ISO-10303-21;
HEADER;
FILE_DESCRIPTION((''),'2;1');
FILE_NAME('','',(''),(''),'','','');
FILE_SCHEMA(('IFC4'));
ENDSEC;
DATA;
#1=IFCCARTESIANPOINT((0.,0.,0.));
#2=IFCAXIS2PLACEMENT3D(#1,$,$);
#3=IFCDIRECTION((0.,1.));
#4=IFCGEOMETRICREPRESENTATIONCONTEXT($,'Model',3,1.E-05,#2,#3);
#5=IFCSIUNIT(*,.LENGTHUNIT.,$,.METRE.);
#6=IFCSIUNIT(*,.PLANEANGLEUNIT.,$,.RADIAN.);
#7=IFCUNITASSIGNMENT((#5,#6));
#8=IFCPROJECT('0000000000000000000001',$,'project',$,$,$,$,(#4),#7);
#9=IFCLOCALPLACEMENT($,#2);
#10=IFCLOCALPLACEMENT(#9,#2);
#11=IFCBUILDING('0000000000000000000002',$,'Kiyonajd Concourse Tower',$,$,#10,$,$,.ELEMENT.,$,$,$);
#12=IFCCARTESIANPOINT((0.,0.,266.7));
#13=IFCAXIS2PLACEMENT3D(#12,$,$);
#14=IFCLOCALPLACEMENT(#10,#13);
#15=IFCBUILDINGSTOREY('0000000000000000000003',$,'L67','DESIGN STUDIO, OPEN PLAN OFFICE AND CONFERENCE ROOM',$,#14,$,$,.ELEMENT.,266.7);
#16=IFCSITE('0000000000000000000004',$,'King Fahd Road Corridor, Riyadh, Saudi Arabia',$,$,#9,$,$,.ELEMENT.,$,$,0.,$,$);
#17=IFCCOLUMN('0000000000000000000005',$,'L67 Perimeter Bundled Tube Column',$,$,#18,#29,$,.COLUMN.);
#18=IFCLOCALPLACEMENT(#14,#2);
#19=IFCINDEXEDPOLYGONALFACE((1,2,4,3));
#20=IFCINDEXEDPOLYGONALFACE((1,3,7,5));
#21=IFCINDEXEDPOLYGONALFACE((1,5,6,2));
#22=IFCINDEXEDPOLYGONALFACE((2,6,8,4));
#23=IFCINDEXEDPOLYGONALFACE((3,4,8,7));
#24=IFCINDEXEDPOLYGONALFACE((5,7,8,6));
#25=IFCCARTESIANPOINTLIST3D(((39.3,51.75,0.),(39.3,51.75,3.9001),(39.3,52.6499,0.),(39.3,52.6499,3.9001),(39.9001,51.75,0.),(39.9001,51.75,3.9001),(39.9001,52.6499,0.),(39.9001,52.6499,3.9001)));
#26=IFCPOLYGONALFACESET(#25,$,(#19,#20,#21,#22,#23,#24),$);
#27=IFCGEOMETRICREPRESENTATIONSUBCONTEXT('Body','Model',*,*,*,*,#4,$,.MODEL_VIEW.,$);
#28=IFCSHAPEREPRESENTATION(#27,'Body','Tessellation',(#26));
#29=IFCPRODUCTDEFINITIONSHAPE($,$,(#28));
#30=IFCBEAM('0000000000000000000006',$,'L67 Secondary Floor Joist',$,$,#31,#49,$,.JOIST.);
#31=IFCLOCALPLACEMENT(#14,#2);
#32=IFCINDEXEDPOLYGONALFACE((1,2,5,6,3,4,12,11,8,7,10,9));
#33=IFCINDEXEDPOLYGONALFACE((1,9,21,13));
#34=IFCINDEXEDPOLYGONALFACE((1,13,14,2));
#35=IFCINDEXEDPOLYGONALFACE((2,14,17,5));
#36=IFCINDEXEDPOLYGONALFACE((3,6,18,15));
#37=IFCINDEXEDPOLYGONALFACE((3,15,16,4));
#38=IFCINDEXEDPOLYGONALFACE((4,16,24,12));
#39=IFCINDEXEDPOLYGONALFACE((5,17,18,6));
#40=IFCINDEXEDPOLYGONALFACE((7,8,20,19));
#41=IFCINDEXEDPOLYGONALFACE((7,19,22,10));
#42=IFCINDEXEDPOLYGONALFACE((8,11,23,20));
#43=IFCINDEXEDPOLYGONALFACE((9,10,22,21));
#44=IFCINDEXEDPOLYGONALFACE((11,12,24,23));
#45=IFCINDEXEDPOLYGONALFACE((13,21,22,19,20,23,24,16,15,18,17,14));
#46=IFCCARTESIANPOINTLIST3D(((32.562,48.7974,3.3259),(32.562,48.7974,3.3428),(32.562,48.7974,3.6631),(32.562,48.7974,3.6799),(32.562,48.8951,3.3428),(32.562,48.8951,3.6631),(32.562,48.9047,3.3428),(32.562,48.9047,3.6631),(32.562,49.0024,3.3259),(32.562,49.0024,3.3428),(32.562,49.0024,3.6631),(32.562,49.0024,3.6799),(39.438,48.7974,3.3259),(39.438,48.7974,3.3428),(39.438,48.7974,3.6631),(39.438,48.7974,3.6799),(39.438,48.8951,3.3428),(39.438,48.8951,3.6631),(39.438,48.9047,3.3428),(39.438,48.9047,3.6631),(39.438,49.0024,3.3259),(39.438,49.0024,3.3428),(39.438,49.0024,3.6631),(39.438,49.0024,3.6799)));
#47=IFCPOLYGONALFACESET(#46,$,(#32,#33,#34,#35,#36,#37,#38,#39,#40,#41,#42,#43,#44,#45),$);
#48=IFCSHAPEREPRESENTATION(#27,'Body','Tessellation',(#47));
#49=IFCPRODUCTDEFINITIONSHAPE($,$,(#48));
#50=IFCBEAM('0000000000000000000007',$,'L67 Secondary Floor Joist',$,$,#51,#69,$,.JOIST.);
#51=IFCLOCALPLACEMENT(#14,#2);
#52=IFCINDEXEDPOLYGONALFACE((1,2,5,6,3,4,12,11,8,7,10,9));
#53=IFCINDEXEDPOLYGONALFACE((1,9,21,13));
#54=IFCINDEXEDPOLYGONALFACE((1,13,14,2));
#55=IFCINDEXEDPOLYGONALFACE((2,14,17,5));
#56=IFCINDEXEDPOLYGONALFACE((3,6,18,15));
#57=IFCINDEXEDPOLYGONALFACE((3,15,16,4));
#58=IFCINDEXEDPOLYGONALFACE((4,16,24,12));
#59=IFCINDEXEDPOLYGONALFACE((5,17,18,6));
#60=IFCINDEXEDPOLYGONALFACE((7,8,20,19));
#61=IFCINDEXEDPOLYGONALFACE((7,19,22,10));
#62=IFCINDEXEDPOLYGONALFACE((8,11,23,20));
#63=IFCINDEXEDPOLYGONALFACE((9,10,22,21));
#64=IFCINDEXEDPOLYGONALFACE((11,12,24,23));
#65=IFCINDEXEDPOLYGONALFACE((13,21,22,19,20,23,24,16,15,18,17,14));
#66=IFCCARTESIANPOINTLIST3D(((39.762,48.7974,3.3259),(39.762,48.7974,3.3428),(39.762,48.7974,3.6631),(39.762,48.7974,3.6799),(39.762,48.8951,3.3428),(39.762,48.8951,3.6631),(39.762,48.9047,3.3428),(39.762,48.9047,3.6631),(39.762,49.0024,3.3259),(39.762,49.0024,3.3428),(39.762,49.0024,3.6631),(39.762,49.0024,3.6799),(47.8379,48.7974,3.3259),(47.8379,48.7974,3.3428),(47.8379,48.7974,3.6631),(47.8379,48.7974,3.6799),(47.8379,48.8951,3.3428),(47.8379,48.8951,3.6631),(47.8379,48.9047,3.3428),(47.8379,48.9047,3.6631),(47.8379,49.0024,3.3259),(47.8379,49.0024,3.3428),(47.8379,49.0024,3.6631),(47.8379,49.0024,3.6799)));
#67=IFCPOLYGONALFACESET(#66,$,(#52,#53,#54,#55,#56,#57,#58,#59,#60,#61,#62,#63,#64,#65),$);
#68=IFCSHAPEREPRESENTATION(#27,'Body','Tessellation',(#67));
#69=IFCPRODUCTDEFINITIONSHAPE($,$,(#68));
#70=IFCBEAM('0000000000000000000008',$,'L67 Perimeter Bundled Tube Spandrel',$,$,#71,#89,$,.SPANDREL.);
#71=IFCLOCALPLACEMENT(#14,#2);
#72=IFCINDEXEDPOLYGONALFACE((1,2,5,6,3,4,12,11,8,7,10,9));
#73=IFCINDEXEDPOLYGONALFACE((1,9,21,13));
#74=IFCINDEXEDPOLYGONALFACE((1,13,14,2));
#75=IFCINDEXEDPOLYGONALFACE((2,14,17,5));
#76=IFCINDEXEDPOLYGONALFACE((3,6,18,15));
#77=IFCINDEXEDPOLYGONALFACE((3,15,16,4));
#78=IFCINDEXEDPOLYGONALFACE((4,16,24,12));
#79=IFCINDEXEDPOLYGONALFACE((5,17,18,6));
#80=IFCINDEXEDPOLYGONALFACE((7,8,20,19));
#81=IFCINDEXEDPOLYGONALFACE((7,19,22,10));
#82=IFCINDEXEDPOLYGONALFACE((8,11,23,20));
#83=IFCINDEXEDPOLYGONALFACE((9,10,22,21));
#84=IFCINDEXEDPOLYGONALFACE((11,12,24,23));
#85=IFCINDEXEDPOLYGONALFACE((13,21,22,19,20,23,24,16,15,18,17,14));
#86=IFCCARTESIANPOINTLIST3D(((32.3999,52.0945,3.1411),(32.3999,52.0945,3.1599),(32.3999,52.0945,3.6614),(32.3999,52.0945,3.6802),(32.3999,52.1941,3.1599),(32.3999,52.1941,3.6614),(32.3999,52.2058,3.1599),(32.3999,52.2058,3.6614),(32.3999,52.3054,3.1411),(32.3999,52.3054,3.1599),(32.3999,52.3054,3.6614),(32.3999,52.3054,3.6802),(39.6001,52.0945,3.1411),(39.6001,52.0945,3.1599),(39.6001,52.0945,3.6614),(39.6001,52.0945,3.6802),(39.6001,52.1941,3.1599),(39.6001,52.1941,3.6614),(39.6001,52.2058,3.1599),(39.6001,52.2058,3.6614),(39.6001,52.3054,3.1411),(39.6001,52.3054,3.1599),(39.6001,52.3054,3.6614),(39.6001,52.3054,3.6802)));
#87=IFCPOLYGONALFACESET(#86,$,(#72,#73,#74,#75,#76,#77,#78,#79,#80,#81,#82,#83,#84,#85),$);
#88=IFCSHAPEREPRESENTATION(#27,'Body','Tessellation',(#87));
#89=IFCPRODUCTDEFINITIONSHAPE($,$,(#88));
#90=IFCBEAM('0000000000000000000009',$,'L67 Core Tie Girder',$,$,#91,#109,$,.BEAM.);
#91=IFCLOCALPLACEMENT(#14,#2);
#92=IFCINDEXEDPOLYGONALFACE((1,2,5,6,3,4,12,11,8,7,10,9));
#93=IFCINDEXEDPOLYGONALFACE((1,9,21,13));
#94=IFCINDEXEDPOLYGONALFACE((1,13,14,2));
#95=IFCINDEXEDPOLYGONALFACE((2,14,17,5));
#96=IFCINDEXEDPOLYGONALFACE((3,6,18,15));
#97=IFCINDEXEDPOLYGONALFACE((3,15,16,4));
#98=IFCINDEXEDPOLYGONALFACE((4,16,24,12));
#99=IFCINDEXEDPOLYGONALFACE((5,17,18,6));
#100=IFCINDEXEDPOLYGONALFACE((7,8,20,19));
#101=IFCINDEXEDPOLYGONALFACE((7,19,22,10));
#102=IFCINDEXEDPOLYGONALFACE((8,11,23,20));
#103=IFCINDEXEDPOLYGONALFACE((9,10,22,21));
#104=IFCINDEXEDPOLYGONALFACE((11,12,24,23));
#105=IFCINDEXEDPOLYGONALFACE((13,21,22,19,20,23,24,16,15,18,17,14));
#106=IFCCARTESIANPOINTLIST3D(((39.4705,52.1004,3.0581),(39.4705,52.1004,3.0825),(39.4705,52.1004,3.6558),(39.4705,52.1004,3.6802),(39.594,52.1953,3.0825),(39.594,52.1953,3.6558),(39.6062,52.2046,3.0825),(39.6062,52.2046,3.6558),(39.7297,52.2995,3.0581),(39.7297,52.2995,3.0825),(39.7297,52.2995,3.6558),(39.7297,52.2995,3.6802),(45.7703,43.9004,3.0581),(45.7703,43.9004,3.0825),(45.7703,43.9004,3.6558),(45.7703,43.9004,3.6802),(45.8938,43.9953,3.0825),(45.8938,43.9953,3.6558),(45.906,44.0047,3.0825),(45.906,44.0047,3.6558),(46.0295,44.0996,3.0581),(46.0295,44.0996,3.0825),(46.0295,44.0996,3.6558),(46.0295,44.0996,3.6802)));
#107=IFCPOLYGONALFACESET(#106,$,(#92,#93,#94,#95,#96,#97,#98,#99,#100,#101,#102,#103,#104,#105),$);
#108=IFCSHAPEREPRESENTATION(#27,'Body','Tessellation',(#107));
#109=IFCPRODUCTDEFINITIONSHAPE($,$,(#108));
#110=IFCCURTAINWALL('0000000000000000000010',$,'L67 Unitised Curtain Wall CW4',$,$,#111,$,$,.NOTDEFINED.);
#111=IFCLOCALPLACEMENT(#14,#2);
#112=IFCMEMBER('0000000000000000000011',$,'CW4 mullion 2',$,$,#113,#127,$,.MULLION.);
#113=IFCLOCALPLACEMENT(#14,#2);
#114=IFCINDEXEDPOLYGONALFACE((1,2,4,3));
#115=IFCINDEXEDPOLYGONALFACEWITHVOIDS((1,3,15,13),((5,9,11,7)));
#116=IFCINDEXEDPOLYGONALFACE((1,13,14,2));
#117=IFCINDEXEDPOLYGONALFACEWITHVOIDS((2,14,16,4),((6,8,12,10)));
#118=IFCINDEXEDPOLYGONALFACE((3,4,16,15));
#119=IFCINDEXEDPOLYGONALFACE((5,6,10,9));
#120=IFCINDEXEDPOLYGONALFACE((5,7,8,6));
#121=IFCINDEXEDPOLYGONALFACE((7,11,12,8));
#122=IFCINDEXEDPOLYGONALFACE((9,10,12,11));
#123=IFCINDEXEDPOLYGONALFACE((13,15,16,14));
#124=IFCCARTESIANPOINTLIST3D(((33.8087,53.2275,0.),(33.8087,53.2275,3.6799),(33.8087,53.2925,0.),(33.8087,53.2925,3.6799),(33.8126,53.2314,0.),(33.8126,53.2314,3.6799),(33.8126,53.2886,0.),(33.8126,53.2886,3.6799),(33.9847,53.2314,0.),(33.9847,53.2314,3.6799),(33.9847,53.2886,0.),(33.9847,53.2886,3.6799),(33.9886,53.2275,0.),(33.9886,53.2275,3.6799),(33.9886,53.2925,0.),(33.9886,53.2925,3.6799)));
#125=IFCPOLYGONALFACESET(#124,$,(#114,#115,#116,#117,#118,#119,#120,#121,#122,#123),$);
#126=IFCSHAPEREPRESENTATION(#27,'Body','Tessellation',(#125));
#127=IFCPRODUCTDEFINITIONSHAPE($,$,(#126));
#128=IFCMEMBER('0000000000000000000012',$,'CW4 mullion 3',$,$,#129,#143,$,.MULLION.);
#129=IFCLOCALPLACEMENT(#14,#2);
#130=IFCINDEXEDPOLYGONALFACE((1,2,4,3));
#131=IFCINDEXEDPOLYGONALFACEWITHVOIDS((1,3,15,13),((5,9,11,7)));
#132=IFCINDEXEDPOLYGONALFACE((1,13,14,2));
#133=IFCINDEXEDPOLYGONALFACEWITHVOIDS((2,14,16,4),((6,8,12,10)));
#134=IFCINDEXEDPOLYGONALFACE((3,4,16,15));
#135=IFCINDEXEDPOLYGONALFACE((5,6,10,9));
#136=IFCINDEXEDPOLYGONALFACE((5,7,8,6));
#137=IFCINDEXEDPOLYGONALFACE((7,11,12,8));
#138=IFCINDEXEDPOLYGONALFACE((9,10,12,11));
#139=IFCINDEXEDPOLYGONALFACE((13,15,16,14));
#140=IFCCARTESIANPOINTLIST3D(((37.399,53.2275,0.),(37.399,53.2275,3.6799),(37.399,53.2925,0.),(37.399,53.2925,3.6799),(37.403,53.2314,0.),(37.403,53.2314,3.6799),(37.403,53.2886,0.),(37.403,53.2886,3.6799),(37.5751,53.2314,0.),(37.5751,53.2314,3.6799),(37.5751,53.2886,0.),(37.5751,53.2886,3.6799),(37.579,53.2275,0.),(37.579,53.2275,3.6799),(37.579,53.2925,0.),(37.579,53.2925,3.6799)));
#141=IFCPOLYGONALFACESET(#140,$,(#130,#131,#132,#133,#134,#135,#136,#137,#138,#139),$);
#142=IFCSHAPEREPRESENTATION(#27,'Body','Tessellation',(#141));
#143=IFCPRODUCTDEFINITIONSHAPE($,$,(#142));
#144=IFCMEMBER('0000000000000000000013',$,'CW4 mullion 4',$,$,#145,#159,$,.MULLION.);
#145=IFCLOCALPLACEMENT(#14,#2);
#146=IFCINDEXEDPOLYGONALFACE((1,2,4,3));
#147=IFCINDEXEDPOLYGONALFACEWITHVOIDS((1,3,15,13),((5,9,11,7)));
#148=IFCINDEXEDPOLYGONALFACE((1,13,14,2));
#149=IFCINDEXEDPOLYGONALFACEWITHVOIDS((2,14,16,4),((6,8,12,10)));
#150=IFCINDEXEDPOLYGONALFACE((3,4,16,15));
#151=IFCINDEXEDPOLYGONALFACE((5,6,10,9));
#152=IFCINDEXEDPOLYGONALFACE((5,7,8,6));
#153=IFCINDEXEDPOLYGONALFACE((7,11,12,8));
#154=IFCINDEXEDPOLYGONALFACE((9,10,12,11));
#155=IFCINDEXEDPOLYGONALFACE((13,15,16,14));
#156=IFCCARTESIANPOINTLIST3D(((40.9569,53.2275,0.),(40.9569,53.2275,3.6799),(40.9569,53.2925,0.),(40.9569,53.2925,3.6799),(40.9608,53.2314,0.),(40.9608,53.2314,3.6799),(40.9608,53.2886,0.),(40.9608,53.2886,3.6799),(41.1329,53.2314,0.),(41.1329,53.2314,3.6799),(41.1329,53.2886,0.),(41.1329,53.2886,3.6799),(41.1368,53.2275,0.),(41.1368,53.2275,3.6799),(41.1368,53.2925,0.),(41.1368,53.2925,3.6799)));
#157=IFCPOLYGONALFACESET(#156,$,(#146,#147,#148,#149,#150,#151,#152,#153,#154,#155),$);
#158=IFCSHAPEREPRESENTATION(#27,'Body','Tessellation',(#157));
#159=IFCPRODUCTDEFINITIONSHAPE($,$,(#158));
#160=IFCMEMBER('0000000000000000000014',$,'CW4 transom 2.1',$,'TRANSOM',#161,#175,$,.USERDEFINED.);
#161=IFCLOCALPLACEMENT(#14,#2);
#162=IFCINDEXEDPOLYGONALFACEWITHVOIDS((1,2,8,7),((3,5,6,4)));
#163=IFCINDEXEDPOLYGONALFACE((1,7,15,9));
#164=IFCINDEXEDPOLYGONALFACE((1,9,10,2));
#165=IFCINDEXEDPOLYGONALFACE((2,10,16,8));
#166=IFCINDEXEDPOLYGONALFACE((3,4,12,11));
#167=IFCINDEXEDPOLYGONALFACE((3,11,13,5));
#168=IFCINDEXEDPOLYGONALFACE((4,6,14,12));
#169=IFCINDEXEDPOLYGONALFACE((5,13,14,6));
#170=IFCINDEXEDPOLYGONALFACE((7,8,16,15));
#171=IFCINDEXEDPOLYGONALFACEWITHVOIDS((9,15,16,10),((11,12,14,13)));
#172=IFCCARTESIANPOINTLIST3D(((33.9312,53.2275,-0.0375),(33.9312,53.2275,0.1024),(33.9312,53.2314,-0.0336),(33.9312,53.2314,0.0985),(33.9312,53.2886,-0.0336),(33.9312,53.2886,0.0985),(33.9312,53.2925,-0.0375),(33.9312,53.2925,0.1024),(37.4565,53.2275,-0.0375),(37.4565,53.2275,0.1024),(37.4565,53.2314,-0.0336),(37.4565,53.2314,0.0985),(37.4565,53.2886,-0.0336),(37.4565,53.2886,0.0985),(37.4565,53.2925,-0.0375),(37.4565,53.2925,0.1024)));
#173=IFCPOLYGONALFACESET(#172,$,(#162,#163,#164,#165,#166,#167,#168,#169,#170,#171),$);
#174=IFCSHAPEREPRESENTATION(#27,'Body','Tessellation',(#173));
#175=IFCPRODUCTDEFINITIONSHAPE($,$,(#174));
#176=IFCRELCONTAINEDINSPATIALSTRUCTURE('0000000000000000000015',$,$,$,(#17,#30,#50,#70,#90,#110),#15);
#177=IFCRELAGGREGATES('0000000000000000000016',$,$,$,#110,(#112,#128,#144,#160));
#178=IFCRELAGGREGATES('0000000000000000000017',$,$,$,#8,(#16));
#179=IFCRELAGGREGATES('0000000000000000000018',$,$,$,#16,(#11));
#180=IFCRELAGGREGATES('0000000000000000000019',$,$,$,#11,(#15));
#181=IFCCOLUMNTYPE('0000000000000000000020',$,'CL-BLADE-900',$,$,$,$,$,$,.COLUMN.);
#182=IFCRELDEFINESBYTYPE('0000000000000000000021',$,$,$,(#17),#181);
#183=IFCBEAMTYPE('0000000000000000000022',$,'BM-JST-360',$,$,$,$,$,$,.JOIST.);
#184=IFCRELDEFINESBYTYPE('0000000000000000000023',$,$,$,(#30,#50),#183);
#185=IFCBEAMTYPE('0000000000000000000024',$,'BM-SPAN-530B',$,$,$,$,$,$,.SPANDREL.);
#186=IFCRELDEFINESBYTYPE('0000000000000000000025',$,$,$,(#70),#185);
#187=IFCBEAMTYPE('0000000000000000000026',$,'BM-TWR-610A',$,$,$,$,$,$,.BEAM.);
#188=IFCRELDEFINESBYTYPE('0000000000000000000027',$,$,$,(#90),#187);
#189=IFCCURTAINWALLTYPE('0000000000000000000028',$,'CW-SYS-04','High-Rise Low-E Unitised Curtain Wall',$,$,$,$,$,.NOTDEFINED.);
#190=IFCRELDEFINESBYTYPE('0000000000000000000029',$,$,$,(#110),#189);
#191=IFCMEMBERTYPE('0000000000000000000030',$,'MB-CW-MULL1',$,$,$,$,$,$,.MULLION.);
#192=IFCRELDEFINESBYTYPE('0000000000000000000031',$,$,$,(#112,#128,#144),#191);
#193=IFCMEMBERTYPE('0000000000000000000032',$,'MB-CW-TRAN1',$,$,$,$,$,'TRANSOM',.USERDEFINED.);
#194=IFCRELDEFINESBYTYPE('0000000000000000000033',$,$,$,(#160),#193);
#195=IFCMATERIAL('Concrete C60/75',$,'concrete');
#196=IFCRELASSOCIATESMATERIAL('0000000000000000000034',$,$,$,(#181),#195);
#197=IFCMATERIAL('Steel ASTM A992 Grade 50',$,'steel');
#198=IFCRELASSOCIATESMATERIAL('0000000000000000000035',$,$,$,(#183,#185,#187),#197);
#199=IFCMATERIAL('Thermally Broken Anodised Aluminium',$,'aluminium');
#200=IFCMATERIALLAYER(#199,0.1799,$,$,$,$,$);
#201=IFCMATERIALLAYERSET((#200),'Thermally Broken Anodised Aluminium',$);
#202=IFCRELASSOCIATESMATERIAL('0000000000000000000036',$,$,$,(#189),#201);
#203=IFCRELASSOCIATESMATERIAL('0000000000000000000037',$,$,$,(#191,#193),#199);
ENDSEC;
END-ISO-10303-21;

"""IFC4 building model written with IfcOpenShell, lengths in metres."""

from ifc_helpers import new_model, si_unit, direction, frame, origin, origin_2d, place, context, subcontext, project, spatial, rectangle, hollow_rectangle, i_section, extrude, material, layer, layer_set, material_profile, profile_set, type_object, element, aggregate, save


model = new_model("IFC4")

# Units and contexts
model_context = context("Model", 3, precision=1e-05, world=origin(), true_north=direction((0.0, 1.0)))
body_context = subcontext(model_context, "Body", "Model", "MODEL_VIEW")
ifc_project = project(units=[si_unit("LENGTHUNIT", "METRE"), si_unit("PLANEANGLEUNIT", "RADIAN")], contexts=[model_context])

# Site, building, storey
site_placement = place(None, origin())
site = spatial("IfcSite", under=ifc_project, at=site_placement, Name="King Fahd Road Corridor, Riyadh, Saudi Arabia", CompositionType="ELEMENT", RefElevation=0.0)
building_placement = place(site_placement, origin())
building = spatial("IfcBuilding", under=site, at=building_placement, Name="Kiyonajd Concourse Tower", CompositionType="ELEMENT")
storey_placement = place(building_placement, frame((0.0, 0.0, 266.7)))
storey = spatial("IfcBuildingStorey", under=building, at=storey_placement, Name="L67", Description="DESIGN STUDIO, OPEN PLAN OFFICE AND CONFERENCE ROOM", CompositionType="ELEMENT", Elevation=266.7)

# Column
ifc_material_1 = material(Name="Concrete C60/75", Category="concrete")
ifc_material_profile_1 = material_profile(ifc_material_1, rectangle(XDim=0.6001, YDim=0.8999, at=origin_2d()), Name="RC-900x600")
ifc_profile_set_1 = profile_set([ifc_material_profile_1], Name="Concrete C60/75")
column_type = type_object("IfcColumnType", Name="CL-BLADE-900", PredefinedType="COLUMN", material=ifc_profile_set_1)
column_placement = place(storey_placement, frame((39.6001, 52.2, 0.0), z_axis=(0.0, 0.0, 1.0), x_axis=(1.0, 0.0, 0.0)))
element("IfcColumn", 1, at=column_placement, inside=storey, type_object=column_type, Name="L67 Perimeter Bundled Tube Column", PredefinedType="COLUMN", context=body_context, shape_type="SweptSolid", body=[
    extrude(rectangle(XDim=0.6001, YDim=0.8999, at=origin_2d()), origin(), (0.0, 0.0, 1.0), 3.9001),
])

# Beams
ifc_material_2 = material(Name="Steel ASTM A992 Grade 50", Category="steel")
ifc_material_profile_2 = material_profile(ifc_material_2, i_section(OverallWidth=0.2051, OverallDepth=0.354, WebThickness=0.0095, FlangeThickness=0.0168, at=origin_2d()), Name="W360X79")
ifc_profile_set_2 = profile_set([ifc_material_profile_2], Name="Steel ASTM A992 Grade 50")
beam_type_1 = type_object("IfcBeamType", Name="BM-JST-360", PredefinedType="JOIST", material=ifc_profile_set_2)
beam_1_placement = place(storey_placement, frame((32.562, 48.8999, 3.5029), z_axis=(1.0, 0.0, 0.0), x_axis=(0.0, 1.0, 0.0)))
element("IfcBeam", 2, at=beam_1_placement, inside=storey, type_object=beam_type_1, Name="L67 Secondary Floor Joist", PredefinedType="JOIST", context=body_context, shape_type="SweptSolid", body=[
    extrude(i_section(OverallWidth=0.2051, OverallDepth=0.354, WebThickness=0.0095, FlangeThickness=0.0168, at=origin_2d()), origin(), (0.0, 0.0, 1.0), 6.876),
])
beam_2_placement = place(storey_placement, frame((39.762, 48.8999, 3.5029), z_axis=(1.0, 0.0, 0.0), x_axis=(0.0, 1.0, 0.0)))
element("IfcBeam", 3, at=beam_2_placement, inside=storey, type_object=beam_type_1, Name="L67 Secondary Floor Joist", PredefinedType="JOIST", context=body_context, shape_type="SweptSolid", body=[
    extrude(i_section(OverallWidth=0.2051, OverallDepth=0.354, WebThickness=0.0095, FlangeThickness=0.0168, at=origin_2d()), origin(), (0.0, 0.0, 1.0), 8.0759),
])
ifc_material_profile_3 = material_profile(ifc_material_2, i_section(OverallWidth=0.2109, OverallDepth=0.5391, WebThickness=0.0117, FlangeThickness=0.0188, at=origin_2d()), Name="W530X109")
ifc_profile_set_3 = profile_set([ifc_material_profile_3], Name="Steel ASTM A992 Grade 50")
beam_type_2 = type_object("IfcBeamType", Name="BM-SPAN-530B", PredefinedType="SPANDREL", material=ifc_profile_set_3)
beam_3_placement = place(storey_placement, frame((39.6001, 52.2, 3.4106), z_axis=(-1.0, 0.0, 0.0), x_axis=(0.0, -1.0, 0.0)))
element("IfcBeam", 4, at=beam_3_placement, inside=storey, type_object=beam_type_2, Name="L67 Perimeter Bundled Tube Spandrel", PredefinedType="SPANDREL", context=body_context, shape_type="SweptSolid", body=[
    extrude(i_section(OverallWidth=0.2109, OverallDepth=0.5391, WebThickness=0.0117, FlangeThickness=0.0188, at=origin_2d()), origin(), (0.0, 0.0, 1.0), 7.2002),
])
ifc_material_profile_4 = material_profile(ifc_material_2, i_section(OverallWidth=0.3269, OverallDepth=0.6221, WebThickness=0.0154, FlangeThickness=0.0244, at=origin_2d()), Name="W610X195")
ifc_profile_set_4 = profile_set([ifc_material_profile_4], Name="Steel ASTM A992 Grade 50")
beam_type_3 = type_object("IfcBeamType", Name="BM-TWR-610A", PredefinedType="BEAM", material=ifc_profile_set_4)
beam_4_placement = place(storey_placement, frame((39.6001, 52.2, 3.3691), z_axis=(0.609234, -0.792991, 0.0), x_axis=(0.792991, 0.609234, 0.0)))
element("IfcBeam", 5, at=beam_4_placement, inside=storey, type_object=beam_type_3, Name="L67 Core Tie Girder", PredefinedType="BEAM", context=body_context, shape_type="SweptSolid", body=[
    extrude(i_section(OverallWidth=0.3269, OverallDepth=0.6221, WebThickness=0.0154, FlangeThickness=0.0244, at=origin_2d()), origin(), (0.0, 0.0, 1.0), 10.3406),
])

# Curtain wall, members
ifc_material_3 = material(Name="Thermally Broken Anodised Aluminium", Category="aluminium")
ifc_layer_1 = layer(ifc_material_3, 0.1799)
ifc_layer_set_1 = layer_set([ifc_layer_1], Name="Thermally Broken Anodised Aluminium")
curtain_wall_type = type_object("IfcCurtainWallType", Name="CW-SYS-04", Description="High-Rise Low-E Unitised Curtain Wall", PredefinedType="NOTDEFINED", material=ifc_layer_set_1)
curtain_wall_placement = place(storey_placement, origin())
curtain_wall = element("IfcCurtainWall", 6, at=curtain_wall_placement, inside=storey, type_object=curtain_wall_type, Name="L67 Unitised Curtain Wall CW4", PredefinedType="NOTDEFINED")
ifc_material_profile_5 = material_profile(ifc_material_3, hollow_rectangle(XDim=0.0649, YDim=0.1799, WallThickness=0.0039, at=origin_2d()), Name="MULL-65x180")
ifc_profile_set_5 = profile_set([ifc_material_profile_5], Name="Thermally Broken Anodised Aluminium")
member_type_1 = type_object("IfcMemberType", Name="MB-CW-MULL1", PredefinedType="MULLION", material=ifc_profile_set_5)
member_1_placement = place(storey_placement, frame((33.8987, 53.26, 0.0), z_axis=(0.0, 0.0, 1.0), x_axis=(0.0, 1.0, 0.0)))
member_1 = element("IfcMember", 7, at=member_1_placement, type_object=member_type_1, Name="CW4 mullion 2", PredefinedType="MULLION", context=body_context, shape_type="SweptSolid", body=[
    extrude(hollow_rectangle(XDim=0.0649, YDim=0.1799, WallThickness=0.0039, at=origin_2d()), origin(), (0.0, 0.0, 1.0), 3.6799),
])
member_2_placement = place(storey_placement, frame((37.489, 53.26, 0.0), z_axis=(0.0, 0.0, 1.0), x_axis=(0.0, 1.0, 0.0)))
member_2 = element("IfcMember", 8, at=member_2_placement, type_object=member_type_1, Name="CW4 mullion 3", PredefinedType="MULLION", context=body_context, shape_type="SweptSolid", body=[
    extrude(hollow_rectangle(XDim=0.0649, YDim=0.1799, WallThickness=0.0039, at=origin_2d()), origin(), (0.0, 0.0, 1.0), 3.6799),
])
member_3_placement = place(storey_placement, frame((41.0469, 53.26, 0.0), z_axis=(0.0, 0.0, 1.0), x_axis=(0.0, 1.0, 0.0)))
member_3 = element("IfcMember", 9, at=member_3_placement, type_object=member_type_1, Name="CW4 mullion 4", PredefinedType="MULLION", context=body_context, shape_type="SweptSolid", body=[
    extrude(hollow_rectangle(XDim=0.0649, YDim=0.1799, WallThickness=0.0039, at=origin_2d()), origin(), (0.0, 0.0, 1.0), 3.6799),
])
ifc_material_profile_6 = material_profile(ifc_material_3, hollow_rectangle(XDim=0.0649, YDim=0.1399, WallThickness=0.0039, at=origin_2d()), Name="TRAN-65x140")
ifc_profile_set_6 = profile_set([ifc_material_profile_6], Name="Thermally Broken Anodised Aluminium")
member_type_2 = type_object("IfcMemberType", Name="MB-CW-TRAN1", ElementType="TRANSOM", PredefinedType="USERDEFINED", material=ifc_profile_set_6)
member_4_placement = place(storey_placement, frame((33.9312, 53.26, 0.0325), z_axis=(1.0, 0.0, 0.0), x_axis=(0.0, 1.0, 0.0)))
member_4 = element("IfcMember", 10, at=member_4_placement, type_object=member_type_2, Name="CW4 transom 2.1", ObjectType="TRANSOM", PredefinedType="USERDEFINED", context=body_context, shape_type="SweptSolid", body=[
    extrude(hollow_rectangle(XDim=0.0649, YDim=0.1399, WallThickness=0.0039, at=origin_2d()), origin(), (0.0, 0.0, 1.0), 3.5254),
])

aggregate(curtain_wall, [member_1, member_2, member_3, member_4])

save(model, "model.ifc")
